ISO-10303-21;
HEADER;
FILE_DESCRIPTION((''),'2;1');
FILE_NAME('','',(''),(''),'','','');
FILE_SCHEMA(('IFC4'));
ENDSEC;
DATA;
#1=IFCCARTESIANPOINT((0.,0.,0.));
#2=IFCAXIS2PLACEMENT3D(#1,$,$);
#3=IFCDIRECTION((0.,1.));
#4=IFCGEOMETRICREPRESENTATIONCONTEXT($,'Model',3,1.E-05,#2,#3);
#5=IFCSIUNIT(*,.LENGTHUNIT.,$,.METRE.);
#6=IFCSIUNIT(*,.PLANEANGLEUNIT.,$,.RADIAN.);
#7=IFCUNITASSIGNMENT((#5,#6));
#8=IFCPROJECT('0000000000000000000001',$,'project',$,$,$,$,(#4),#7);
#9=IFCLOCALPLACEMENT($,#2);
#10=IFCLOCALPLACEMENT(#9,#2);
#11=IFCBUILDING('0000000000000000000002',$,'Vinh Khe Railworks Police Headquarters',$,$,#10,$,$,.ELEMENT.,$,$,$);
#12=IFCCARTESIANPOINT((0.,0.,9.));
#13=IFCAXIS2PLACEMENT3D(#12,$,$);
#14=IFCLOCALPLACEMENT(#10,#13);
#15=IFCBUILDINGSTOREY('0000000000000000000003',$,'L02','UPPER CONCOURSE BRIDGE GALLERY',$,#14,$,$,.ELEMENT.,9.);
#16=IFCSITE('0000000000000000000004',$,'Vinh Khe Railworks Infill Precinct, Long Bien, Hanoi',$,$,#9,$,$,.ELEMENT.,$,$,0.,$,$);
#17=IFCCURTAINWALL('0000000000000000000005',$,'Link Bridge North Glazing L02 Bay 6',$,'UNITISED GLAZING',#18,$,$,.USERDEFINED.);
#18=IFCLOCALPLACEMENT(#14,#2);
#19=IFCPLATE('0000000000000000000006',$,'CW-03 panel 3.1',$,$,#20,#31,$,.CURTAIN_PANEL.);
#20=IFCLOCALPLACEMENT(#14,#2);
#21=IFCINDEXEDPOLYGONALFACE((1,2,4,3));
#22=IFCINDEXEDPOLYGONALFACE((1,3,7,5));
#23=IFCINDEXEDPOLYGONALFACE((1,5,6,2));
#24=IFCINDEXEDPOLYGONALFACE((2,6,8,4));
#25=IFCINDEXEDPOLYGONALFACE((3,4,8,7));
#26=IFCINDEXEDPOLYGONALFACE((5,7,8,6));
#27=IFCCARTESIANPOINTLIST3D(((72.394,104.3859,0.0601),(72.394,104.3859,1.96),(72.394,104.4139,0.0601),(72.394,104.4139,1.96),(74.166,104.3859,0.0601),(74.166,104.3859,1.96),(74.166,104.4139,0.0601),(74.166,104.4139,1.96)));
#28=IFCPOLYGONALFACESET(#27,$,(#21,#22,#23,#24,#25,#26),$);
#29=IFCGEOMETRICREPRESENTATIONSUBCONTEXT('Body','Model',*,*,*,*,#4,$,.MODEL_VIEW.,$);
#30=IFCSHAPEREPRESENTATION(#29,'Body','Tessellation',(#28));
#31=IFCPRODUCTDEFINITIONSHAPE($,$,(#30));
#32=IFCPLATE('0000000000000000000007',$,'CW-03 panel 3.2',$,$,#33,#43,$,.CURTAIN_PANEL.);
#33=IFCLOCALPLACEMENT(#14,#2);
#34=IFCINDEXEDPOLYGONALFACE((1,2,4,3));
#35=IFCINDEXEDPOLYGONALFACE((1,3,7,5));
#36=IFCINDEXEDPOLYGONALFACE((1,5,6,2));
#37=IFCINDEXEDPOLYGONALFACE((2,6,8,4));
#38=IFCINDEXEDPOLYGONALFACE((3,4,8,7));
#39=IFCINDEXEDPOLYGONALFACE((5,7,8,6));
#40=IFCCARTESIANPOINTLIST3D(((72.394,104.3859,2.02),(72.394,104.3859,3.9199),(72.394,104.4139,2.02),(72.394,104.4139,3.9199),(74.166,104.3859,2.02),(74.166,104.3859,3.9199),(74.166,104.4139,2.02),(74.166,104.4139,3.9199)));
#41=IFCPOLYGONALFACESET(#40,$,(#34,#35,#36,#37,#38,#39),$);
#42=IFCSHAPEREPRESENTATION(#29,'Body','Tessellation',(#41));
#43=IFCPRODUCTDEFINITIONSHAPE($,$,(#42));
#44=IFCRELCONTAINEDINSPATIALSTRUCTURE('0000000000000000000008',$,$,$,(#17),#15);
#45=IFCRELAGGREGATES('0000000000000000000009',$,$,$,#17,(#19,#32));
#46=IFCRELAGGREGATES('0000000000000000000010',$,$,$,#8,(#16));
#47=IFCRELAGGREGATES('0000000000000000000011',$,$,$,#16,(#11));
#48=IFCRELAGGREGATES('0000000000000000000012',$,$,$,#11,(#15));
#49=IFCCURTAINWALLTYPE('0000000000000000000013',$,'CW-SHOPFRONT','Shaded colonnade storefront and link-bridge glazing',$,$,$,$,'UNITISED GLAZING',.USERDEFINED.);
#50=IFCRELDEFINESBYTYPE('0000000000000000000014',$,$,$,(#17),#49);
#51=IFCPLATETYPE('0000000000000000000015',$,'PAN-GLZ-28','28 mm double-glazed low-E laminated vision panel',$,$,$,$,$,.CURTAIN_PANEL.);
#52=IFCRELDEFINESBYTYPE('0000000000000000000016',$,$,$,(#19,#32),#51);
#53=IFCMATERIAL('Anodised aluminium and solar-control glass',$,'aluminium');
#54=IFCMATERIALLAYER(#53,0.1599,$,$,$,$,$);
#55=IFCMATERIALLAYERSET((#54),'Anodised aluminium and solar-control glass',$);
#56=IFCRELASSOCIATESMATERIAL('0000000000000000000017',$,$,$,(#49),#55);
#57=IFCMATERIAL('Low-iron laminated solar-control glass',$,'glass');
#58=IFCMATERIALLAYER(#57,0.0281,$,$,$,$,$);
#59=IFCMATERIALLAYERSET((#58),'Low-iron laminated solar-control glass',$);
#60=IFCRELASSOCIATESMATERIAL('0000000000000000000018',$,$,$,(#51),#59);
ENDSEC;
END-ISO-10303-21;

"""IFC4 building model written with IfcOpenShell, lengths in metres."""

from ifc_helpers import new_model, si_unit, direction, frame, origin, origin_2d, place, context, subcontext, project, spatial, rectangle, extrude, material, layer, layer_set, type_object, element, aggregate, save


model = new_model("IFC4")

# Units and contexts
model_context = context("Model", 3, precision=1e-05, world=origin(), true_north=direction((0.0, 1.0)))
body_context = subcontext(model_context, "Body", "Model", "MODEL_VIEW")
ifc_project = project(units=[si_unit("LENGTHUNIT", "METRE"), si_unit("PLANEANGLEUNIT", "RADIAN")], contexts=[model_context])

# Site, building, storey
site_placement = place(None, origin())
site = spatial("IfcSite", under=ifc_project, at=site_placement, Name="Vinh Khe Railworks Infill Precinct, Long Bien, Hanoi", CompositionType="ELEMENT", RefElevation=0.0)
building_placement = place(site_placement, origin())
building = spatial("IfcBuilding", under=site, at=building_placement, Name="Vinh Khe Railworks Police Headquarters", CompositionType="ELEMENT")
storey_placement = place(building_placement, frame((0.0, 0.0, 9.0)))
storey = spatial("IfcBuildingStorey", under=building, at=storey_placement, Name="L02", Description="UPPER CONCOURSE BRIDGE GALLERY", CompositionType="ELEMENT", Elevation=9.0)

# Curtain wall
ifc_material_1 = material(Name="Anodised aluminium and solar-control glass", Category="aluminium")
ifc_layer_1 = layer(ifc_material_1, 0.1599)
ifc_layer_set_1 = layer_set([ifc_layer_1], Name="Anodised aluminium and solar-control glass")
curtain_wall_type = type_object("IfcCurtainWallType", Name="CW-SHOPFRONT", Description="Shaded colonnade storefront and link-bridge glazing", ElementType="UNITISED GLAZING", PredefinedType="USERDEFINED", material=ifc_layer_set_1)
curtain_wall_placement = place(storey_placement, origin())
curtain_wall = element("IfcCurtainWall", 1, at=curtain_wall_placement, inside=storey, type_object=curtain_wall_type, Name="Link Bridge North Glazing L02 Bay 6", ObjectType="UNITISED GLAZING", PredefinedType="USERDEFINED")

# Plates
ifc_material_2 = material(Name="Low-iron laminated solar-control glass", Category="glass")
ifc_layer_2 = layer(ifc_material_2, 0.0281)
ifc_layer_set_2 = layer_set([ifc_layer_2], Name="Low-iron laminated solar-control glass")
plate_type = type_object("IfcPlateType", Name="PAN-GLZ-28", Description="28 mm double-glazed low-E laminated vision panel", PredefinedType="CURTAIN_PANEL", material=ifc_layer_set_2)
plate_1_placement = place(storey_placement, frame((73.28, 104.3999, 0.0601), z_axis=(0.0, 0.0, 1.0), x_axis=(1.0, 0.0, 0.0)))
plate_1 = element("IfcPlate", 2, at=plate_1_placement, type_object=plate_type, Name="CW-03 panel 3.1", PredefinedType="CURTAIN_PANEL", context=body_context, shape_type="SweptSolid", body=[
    extrude(rectangle(XDim=1.772, YDim=0.0281, at=origin_2d()), origin(), (0.0, 0.0, 1.0), 1.8999),
])
plate_2_placement = place(storey_placement, frame((73.28, 104.3999, 2.02), z_axis=(0.0, 0.0, 1.0), x_axis=(1.0, 0.0, 0.0)))
plate_2 = element("IfcPlate", 3, at=plate_2_placement, type_object=plate_type, Name="CW-03 panel 3.2", PredefinedType="CURTAIN_PANEL", context=body_context, shape_type="SweptSolid", body=[
    extrude(rectangle(XDim=1.772, YDim=0.0281, at=origin_2d()), origin(), (0.0, 0.0, 1.0), 1.8999),
])
aggregate(curtain_wall, [plate_1, plate_2])

save(model, "model.ifc")
